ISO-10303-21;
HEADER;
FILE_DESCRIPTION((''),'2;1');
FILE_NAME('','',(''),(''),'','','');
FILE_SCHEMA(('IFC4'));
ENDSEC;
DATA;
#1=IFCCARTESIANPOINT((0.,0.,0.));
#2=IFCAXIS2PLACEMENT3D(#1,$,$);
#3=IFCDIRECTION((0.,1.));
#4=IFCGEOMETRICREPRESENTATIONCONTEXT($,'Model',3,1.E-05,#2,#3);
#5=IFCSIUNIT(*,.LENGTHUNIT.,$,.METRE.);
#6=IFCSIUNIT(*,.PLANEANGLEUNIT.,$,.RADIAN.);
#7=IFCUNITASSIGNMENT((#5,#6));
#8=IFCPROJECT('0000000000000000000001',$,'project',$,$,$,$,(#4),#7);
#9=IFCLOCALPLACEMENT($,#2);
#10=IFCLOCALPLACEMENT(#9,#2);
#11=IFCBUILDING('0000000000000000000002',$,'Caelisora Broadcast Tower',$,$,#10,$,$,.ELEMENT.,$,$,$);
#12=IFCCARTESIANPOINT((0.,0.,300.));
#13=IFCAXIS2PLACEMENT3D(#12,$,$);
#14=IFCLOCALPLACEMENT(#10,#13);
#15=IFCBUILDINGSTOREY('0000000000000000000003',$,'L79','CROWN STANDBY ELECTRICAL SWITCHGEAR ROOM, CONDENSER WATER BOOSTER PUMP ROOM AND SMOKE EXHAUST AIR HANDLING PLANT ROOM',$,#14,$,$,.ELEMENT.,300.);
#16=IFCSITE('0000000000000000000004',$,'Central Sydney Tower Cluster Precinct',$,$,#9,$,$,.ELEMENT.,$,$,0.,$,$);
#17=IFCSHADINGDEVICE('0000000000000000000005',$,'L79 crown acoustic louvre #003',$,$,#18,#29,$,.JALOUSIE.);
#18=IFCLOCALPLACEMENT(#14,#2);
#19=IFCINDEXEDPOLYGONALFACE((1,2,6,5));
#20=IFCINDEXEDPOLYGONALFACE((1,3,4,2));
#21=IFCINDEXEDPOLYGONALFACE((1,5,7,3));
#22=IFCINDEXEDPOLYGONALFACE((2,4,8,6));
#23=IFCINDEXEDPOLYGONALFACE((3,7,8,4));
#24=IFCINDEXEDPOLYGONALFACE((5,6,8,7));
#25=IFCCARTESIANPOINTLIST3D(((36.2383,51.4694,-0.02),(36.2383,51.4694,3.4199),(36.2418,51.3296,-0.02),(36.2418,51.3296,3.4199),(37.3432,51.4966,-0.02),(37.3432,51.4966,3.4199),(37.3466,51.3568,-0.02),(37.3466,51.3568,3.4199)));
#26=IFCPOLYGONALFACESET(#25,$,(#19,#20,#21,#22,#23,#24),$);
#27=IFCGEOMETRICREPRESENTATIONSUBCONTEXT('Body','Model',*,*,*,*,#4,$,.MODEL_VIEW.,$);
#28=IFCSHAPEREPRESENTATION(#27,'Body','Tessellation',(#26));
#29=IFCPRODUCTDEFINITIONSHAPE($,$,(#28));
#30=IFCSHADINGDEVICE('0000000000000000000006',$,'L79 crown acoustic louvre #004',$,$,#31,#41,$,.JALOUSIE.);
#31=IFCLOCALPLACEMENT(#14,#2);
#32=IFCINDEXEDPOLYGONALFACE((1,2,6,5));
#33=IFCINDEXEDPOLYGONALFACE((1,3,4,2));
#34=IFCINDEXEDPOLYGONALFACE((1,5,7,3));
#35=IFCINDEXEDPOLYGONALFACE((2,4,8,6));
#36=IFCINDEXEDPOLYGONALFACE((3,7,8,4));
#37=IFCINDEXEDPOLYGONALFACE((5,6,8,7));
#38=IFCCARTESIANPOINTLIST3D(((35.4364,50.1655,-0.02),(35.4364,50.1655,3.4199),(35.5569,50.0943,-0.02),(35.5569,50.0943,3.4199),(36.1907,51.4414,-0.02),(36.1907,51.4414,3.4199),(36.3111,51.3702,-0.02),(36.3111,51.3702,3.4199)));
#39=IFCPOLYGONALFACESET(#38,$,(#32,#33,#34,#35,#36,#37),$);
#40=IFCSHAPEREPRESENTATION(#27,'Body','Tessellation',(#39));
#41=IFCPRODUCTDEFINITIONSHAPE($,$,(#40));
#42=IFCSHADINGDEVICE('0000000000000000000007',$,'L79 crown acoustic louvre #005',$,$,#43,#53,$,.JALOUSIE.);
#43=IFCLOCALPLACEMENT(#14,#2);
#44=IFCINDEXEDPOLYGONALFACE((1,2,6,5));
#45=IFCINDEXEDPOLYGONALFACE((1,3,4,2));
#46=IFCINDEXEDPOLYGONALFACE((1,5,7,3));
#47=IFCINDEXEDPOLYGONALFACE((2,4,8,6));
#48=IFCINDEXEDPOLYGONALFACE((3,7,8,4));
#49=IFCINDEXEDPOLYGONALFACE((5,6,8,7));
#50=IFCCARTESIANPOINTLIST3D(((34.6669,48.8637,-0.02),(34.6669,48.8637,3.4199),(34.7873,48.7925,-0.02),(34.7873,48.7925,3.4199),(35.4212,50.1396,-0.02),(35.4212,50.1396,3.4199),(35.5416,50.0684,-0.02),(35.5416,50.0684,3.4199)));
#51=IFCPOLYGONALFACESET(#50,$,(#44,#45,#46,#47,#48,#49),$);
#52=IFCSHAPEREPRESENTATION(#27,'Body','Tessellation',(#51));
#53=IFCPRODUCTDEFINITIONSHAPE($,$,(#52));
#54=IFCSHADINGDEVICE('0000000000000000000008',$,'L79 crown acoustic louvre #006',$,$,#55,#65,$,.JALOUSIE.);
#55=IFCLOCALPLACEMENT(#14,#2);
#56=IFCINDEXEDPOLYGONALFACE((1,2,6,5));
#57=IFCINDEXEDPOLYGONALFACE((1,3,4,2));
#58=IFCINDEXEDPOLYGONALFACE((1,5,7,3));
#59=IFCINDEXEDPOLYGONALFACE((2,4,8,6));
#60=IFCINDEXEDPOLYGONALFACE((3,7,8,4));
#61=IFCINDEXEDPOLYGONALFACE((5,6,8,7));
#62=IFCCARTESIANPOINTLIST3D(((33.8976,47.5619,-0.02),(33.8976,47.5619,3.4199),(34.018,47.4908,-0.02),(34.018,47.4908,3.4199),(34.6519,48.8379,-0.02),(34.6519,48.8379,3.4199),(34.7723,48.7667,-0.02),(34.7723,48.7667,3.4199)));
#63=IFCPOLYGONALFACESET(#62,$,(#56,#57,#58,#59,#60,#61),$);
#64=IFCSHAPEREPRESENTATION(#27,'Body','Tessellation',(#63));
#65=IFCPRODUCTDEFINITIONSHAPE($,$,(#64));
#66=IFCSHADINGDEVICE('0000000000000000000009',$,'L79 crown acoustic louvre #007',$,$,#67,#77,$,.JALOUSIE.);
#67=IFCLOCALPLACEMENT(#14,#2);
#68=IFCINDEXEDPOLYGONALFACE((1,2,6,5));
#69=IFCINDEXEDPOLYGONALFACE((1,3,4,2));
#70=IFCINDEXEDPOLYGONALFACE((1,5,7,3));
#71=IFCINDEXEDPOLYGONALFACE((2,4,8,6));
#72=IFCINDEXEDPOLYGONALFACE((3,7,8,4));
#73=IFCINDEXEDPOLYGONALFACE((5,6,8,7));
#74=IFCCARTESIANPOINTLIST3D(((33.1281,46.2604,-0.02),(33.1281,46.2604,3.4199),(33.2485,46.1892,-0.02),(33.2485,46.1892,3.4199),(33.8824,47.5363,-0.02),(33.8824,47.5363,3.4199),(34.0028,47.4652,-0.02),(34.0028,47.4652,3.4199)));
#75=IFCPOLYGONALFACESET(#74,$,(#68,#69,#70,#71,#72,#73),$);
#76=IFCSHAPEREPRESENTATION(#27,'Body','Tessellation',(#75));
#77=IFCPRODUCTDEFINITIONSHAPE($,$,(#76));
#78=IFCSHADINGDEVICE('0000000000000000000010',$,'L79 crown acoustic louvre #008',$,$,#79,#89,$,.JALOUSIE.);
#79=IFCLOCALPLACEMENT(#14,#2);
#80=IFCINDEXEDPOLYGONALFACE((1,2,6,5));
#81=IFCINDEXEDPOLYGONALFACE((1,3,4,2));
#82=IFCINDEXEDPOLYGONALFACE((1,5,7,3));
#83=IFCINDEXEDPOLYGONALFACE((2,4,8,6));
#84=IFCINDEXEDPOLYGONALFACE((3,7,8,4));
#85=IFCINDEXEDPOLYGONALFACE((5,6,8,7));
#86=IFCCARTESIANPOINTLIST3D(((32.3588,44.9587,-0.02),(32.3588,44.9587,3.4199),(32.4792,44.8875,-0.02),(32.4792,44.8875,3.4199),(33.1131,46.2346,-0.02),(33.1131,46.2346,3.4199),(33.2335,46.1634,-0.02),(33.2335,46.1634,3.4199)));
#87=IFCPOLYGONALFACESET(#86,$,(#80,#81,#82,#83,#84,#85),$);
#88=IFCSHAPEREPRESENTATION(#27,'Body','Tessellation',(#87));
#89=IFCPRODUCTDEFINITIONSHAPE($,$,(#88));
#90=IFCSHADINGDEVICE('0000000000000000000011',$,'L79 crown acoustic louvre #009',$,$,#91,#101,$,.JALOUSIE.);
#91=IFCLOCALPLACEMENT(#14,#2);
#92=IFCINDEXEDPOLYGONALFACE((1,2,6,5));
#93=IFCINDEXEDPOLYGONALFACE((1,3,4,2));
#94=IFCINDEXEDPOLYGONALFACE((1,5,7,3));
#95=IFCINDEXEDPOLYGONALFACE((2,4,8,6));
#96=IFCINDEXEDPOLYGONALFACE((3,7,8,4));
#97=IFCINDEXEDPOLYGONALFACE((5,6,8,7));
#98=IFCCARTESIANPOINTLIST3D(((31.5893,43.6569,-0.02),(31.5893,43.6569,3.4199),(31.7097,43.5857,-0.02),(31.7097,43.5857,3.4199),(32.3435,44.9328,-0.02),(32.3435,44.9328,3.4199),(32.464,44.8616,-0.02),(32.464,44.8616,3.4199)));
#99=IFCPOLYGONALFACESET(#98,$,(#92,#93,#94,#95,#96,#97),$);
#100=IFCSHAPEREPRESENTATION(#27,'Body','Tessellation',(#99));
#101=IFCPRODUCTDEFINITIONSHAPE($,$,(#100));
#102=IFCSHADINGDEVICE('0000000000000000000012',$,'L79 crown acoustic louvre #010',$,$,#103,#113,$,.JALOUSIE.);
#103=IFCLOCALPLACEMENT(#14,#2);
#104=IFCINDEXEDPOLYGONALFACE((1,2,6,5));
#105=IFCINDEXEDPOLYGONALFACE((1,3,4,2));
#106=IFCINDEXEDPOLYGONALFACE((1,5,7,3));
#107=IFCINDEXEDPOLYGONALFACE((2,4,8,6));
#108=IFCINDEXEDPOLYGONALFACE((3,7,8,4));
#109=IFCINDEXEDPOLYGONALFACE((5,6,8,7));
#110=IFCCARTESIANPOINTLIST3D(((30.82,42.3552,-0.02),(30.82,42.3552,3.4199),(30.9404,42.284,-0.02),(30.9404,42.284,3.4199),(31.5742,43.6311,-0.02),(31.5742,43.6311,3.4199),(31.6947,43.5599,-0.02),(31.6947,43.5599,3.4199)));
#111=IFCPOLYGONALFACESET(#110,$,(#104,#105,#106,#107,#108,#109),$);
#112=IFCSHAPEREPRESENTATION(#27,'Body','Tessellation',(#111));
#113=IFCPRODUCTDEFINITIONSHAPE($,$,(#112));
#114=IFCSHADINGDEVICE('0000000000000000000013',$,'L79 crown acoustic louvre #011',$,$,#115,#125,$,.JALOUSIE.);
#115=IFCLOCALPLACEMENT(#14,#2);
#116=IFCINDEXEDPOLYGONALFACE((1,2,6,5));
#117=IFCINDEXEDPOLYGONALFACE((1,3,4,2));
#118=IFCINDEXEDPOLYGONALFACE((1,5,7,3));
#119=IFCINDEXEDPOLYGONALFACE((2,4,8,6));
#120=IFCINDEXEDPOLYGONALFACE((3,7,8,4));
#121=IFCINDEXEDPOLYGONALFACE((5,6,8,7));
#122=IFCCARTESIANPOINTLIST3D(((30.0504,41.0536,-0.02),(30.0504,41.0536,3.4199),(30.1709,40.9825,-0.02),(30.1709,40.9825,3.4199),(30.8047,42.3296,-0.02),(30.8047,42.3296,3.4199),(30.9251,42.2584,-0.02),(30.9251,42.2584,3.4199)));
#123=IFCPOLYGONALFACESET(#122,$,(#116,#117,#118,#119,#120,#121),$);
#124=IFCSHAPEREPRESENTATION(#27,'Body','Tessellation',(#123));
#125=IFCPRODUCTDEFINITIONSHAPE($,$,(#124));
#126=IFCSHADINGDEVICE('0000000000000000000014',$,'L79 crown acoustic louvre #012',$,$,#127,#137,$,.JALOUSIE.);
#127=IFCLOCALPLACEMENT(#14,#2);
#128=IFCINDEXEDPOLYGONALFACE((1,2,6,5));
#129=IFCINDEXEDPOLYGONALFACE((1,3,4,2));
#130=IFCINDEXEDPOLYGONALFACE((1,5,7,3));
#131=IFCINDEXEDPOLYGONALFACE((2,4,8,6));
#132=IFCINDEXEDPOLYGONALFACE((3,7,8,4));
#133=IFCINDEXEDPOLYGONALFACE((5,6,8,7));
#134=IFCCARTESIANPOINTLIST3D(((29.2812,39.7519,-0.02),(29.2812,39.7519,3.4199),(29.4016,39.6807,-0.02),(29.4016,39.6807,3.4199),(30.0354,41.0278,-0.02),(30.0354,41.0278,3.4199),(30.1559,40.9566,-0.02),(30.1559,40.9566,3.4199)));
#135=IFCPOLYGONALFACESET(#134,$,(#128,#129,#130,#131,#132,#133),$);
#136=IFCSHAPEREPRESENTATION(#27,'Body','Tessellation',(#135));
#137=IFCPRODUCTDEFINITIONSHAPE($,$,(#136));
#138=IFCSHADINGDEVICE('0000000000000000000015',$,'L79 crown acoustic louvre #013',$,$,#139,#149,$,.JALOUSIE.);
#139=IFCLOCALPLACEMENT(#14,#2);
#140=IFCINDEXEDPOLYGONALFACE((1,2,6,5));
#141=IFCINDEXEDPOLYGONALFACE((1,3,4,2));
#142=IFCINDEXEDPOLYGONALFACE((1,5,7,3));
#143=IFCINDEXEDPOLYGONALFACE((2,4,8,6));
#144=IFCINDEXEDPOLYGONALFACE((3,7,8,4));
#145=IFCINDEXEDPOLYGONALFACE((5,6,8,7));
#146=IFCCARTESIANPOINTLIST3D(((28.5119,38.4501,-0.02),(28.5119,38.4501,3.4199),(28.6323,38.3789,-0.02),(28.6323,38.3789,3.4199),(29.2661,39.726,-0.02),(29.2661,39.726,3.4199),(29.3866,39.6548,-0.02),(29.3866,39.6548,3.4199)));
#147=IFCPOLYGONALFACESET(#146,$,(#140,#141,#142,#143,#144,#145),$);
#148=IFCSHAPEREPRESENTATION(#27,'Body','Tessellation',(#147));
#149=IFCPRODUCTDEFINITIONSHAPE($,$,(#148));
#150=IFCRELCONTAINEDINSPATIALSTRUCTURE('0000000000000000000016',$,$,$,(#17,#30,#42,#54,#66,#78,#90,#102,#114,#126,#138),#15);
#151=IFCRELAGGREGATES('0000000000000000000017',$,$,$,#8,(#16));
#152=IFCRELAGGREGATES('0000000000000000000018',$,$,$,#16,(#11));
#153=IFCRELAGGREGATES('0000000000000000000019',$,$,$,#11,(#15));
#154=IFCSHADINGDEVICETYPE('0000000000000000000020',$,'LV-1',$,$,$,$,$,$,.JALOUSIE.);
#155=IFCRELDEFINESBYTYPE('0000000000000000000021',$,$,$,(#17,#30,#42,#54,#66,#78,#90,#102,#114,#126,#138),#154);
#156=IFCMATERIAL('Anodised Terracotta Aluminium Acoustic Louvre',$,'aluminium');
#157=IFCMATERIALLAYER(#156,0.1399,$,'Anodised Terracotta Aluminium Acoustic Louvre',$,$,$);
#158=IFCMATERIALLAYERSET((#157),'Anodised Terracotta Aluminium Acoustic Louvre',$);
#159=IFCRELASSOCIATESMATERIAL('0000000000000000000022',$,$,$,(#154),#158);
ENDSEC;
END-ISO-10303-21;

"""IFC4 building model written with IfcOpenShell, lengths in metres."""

from ifc_helpers import new_model, si_unit, direction, frame, origin, origin_2d, place, context, subcontext, project, spatial, rectangle, extrude, source, transform, mapped, material, layer, layer_set, type_object, type_shapes, element, save


model = new_model("IFC4")

# Units and contexts
model_context = context("Model", 3, precision=1e-05, world=origin(), true_north=direction((0.0, 1.0)))
body_context = subcontext(model_context, "Body", "Model", "MODEL_VIEW")
ifc_project = project(units=[si_unit("LENGTHUNIT", "METRE"), si_unit("PLANEANGLEUNIT", "RADIAN")], contexts=[model_context])

# Site, building, storey
site_placement = place(None, origin())
site = spatial("IfcSite", under=ifc_project, at=site_placement, Name="Central Sydney Tower Cluster Precinct", CompositionType="ELEMENT", RefElevation=0.0)
building_placement = place(site_placement, origin())
building = spatial("IfcBuilding", under=site, at=building_placement, Name="Caelisora Broadcast Tower", CompositionType="ELEMENT")
storey_placement = place(building_placement, frame((0.0, 0.0, 300.0)))
storey = spatial("IfcBuildingStorey", under=building, at=storey_placement, Name="L79", Description="CROWN STANDBY ELECTRICAL SWITCHGEAR ROOM, CONDENSER WATER BOOSTER PUMP ROOM AND SMOKE EXHAUST AIR HANDLING PLANT ROOM", CompositionType="ELEMENT", Elevation=300.0)

# Shading devices
ifc_material_1 = material(Name="Anodised Terracotta Aluminium Acoustic Louvre", Category="aluminium")
ifc_layer_1 = layer(ifc_material_1, 0.1399, Name="Anodised Terracotta Aluminium Acoustic Louvre")
ifc_layer_set_1 = layer_set([ifc_layer_1], Name="Anodised Terracotta Aluminium Acoustic Louvre")
shading_device_type = type_object("IfcShadingDeviceType", Name="LV-1", PredefinedType="JALOUSIE", material=ifc_layer_set_1)
shared_shape_1 = source(origin(), body_context, "Body", "SweptSolid", [
    extrude(rectangle(XDim=1.1052, YDim=0.1399, at=origin_2d()), origin(), (0.0, 0.0, 1.0), 3.4399),
])
shading_device_placement = place(storey_placement, frame((36.7925, 51.4131, -0.02), z_axis=(0.0, 0.0, 1.0), x_axis=(-0.999697, -0.024607, 0.0)))
element("IfcShadingDevice", 1, at=shading_device_placement, inside=storey, type_object=shading_device_type, Name="L79 crown acoustic louvre #003", PredefinedType="JALOUSIE", context=body_context, shape_type="MappedRepresentation", body=[
    mapped(shared_shape_1, transform((0.0, 0.0, 0.0), scale=1.0)),
])
shared_shape_2 = source(origin(), body_context, "Body", "SweptSolid", [
    extrude(rectangle(XDim=1.4822, YDim=0.1399, at=origin_2d()), origin(), (0.0, 0.0, 1.0), 3.4399),
])
type_shapes(shading_device_type, [shared_shape_1, shared_shape_2])
for number, where, z_axis, x_axis, name in (
    (2, (35.8738, 50.7678, -0.02), (0.0, 0.0, 1.0), (-0.508891, -0.860831, 0.0), "L79 crown acoustic louvre #004"),
    (3, (35.1042, 49.4661, -0.02), (0.0, 0.0, 1.0), (-0.508891, -0.860831, 0.0), "L79 crown acoustic louvre #005"),
    (4, (34.335, 48.1643, -0.02), (0.0, 0.0, 1.0), (-0.508891, -0.860831, 0.0), "L79 crown acoustic louvre #006"),
    (5, (33.5654, 46.8628, -0.02), (0.0, 0.0, 1.0), (-0.508891, -0.860831, 0.0), "L79 crown acoustic louvre #007"),
    (6, (32.7961, 45.561, -0.02), (0.0, 0.0, 1.0), (-0.508891, -0.860831, 0.0), "L79 crown acoustic louvre #008"),
    (7, (32.0266, 44.2593, -0.02), (0.0, 0.0, 1.0), (-0.508891, -0.860831, 0.0), "L79 crown acoustic louvre #009"),
    (8, (31.2573, 42.9575, -0.02), (0.0, 0.0, 1.0), (-0.508891, -0.860831, 0.0), "L79 crown acoustic louvre #010"),
    (9, (30.4878, 41.656, -0.02), (0.0, 0.0, 1.0), (-0.508891, -0.860831, 0.0), "L79 crown acoustic louvre #011"),
    (10, (29.7185, 40.3542, -0.02), (0.0, 0.0, 1.0), (-0.508891, -0.860831, 0.0), "L79 crown acoustic louvre #012"),
    (11, (28.9492, 39.0525, -0.02), (0.0, 0.0, 1.0), (-0.508891, -0.860831, 0.0), "L79 crown acoustic louvre #013"),
):
    element("IfcShadingDevice", number, at=place(storey_placement, frame(where, z_axis=z_axis, x_axis=x_axis)), inside=storey, type_object=shading_device_type, Name=name, PredefinedType="JALOUSIE", context=body_context, shape_type="MappedRepresentation", body=[
        mapped(shared_shape_2, transform((0.0, 0.0, 0.0), scale=1.0)),
    ])

save(model, "model.ifc")
